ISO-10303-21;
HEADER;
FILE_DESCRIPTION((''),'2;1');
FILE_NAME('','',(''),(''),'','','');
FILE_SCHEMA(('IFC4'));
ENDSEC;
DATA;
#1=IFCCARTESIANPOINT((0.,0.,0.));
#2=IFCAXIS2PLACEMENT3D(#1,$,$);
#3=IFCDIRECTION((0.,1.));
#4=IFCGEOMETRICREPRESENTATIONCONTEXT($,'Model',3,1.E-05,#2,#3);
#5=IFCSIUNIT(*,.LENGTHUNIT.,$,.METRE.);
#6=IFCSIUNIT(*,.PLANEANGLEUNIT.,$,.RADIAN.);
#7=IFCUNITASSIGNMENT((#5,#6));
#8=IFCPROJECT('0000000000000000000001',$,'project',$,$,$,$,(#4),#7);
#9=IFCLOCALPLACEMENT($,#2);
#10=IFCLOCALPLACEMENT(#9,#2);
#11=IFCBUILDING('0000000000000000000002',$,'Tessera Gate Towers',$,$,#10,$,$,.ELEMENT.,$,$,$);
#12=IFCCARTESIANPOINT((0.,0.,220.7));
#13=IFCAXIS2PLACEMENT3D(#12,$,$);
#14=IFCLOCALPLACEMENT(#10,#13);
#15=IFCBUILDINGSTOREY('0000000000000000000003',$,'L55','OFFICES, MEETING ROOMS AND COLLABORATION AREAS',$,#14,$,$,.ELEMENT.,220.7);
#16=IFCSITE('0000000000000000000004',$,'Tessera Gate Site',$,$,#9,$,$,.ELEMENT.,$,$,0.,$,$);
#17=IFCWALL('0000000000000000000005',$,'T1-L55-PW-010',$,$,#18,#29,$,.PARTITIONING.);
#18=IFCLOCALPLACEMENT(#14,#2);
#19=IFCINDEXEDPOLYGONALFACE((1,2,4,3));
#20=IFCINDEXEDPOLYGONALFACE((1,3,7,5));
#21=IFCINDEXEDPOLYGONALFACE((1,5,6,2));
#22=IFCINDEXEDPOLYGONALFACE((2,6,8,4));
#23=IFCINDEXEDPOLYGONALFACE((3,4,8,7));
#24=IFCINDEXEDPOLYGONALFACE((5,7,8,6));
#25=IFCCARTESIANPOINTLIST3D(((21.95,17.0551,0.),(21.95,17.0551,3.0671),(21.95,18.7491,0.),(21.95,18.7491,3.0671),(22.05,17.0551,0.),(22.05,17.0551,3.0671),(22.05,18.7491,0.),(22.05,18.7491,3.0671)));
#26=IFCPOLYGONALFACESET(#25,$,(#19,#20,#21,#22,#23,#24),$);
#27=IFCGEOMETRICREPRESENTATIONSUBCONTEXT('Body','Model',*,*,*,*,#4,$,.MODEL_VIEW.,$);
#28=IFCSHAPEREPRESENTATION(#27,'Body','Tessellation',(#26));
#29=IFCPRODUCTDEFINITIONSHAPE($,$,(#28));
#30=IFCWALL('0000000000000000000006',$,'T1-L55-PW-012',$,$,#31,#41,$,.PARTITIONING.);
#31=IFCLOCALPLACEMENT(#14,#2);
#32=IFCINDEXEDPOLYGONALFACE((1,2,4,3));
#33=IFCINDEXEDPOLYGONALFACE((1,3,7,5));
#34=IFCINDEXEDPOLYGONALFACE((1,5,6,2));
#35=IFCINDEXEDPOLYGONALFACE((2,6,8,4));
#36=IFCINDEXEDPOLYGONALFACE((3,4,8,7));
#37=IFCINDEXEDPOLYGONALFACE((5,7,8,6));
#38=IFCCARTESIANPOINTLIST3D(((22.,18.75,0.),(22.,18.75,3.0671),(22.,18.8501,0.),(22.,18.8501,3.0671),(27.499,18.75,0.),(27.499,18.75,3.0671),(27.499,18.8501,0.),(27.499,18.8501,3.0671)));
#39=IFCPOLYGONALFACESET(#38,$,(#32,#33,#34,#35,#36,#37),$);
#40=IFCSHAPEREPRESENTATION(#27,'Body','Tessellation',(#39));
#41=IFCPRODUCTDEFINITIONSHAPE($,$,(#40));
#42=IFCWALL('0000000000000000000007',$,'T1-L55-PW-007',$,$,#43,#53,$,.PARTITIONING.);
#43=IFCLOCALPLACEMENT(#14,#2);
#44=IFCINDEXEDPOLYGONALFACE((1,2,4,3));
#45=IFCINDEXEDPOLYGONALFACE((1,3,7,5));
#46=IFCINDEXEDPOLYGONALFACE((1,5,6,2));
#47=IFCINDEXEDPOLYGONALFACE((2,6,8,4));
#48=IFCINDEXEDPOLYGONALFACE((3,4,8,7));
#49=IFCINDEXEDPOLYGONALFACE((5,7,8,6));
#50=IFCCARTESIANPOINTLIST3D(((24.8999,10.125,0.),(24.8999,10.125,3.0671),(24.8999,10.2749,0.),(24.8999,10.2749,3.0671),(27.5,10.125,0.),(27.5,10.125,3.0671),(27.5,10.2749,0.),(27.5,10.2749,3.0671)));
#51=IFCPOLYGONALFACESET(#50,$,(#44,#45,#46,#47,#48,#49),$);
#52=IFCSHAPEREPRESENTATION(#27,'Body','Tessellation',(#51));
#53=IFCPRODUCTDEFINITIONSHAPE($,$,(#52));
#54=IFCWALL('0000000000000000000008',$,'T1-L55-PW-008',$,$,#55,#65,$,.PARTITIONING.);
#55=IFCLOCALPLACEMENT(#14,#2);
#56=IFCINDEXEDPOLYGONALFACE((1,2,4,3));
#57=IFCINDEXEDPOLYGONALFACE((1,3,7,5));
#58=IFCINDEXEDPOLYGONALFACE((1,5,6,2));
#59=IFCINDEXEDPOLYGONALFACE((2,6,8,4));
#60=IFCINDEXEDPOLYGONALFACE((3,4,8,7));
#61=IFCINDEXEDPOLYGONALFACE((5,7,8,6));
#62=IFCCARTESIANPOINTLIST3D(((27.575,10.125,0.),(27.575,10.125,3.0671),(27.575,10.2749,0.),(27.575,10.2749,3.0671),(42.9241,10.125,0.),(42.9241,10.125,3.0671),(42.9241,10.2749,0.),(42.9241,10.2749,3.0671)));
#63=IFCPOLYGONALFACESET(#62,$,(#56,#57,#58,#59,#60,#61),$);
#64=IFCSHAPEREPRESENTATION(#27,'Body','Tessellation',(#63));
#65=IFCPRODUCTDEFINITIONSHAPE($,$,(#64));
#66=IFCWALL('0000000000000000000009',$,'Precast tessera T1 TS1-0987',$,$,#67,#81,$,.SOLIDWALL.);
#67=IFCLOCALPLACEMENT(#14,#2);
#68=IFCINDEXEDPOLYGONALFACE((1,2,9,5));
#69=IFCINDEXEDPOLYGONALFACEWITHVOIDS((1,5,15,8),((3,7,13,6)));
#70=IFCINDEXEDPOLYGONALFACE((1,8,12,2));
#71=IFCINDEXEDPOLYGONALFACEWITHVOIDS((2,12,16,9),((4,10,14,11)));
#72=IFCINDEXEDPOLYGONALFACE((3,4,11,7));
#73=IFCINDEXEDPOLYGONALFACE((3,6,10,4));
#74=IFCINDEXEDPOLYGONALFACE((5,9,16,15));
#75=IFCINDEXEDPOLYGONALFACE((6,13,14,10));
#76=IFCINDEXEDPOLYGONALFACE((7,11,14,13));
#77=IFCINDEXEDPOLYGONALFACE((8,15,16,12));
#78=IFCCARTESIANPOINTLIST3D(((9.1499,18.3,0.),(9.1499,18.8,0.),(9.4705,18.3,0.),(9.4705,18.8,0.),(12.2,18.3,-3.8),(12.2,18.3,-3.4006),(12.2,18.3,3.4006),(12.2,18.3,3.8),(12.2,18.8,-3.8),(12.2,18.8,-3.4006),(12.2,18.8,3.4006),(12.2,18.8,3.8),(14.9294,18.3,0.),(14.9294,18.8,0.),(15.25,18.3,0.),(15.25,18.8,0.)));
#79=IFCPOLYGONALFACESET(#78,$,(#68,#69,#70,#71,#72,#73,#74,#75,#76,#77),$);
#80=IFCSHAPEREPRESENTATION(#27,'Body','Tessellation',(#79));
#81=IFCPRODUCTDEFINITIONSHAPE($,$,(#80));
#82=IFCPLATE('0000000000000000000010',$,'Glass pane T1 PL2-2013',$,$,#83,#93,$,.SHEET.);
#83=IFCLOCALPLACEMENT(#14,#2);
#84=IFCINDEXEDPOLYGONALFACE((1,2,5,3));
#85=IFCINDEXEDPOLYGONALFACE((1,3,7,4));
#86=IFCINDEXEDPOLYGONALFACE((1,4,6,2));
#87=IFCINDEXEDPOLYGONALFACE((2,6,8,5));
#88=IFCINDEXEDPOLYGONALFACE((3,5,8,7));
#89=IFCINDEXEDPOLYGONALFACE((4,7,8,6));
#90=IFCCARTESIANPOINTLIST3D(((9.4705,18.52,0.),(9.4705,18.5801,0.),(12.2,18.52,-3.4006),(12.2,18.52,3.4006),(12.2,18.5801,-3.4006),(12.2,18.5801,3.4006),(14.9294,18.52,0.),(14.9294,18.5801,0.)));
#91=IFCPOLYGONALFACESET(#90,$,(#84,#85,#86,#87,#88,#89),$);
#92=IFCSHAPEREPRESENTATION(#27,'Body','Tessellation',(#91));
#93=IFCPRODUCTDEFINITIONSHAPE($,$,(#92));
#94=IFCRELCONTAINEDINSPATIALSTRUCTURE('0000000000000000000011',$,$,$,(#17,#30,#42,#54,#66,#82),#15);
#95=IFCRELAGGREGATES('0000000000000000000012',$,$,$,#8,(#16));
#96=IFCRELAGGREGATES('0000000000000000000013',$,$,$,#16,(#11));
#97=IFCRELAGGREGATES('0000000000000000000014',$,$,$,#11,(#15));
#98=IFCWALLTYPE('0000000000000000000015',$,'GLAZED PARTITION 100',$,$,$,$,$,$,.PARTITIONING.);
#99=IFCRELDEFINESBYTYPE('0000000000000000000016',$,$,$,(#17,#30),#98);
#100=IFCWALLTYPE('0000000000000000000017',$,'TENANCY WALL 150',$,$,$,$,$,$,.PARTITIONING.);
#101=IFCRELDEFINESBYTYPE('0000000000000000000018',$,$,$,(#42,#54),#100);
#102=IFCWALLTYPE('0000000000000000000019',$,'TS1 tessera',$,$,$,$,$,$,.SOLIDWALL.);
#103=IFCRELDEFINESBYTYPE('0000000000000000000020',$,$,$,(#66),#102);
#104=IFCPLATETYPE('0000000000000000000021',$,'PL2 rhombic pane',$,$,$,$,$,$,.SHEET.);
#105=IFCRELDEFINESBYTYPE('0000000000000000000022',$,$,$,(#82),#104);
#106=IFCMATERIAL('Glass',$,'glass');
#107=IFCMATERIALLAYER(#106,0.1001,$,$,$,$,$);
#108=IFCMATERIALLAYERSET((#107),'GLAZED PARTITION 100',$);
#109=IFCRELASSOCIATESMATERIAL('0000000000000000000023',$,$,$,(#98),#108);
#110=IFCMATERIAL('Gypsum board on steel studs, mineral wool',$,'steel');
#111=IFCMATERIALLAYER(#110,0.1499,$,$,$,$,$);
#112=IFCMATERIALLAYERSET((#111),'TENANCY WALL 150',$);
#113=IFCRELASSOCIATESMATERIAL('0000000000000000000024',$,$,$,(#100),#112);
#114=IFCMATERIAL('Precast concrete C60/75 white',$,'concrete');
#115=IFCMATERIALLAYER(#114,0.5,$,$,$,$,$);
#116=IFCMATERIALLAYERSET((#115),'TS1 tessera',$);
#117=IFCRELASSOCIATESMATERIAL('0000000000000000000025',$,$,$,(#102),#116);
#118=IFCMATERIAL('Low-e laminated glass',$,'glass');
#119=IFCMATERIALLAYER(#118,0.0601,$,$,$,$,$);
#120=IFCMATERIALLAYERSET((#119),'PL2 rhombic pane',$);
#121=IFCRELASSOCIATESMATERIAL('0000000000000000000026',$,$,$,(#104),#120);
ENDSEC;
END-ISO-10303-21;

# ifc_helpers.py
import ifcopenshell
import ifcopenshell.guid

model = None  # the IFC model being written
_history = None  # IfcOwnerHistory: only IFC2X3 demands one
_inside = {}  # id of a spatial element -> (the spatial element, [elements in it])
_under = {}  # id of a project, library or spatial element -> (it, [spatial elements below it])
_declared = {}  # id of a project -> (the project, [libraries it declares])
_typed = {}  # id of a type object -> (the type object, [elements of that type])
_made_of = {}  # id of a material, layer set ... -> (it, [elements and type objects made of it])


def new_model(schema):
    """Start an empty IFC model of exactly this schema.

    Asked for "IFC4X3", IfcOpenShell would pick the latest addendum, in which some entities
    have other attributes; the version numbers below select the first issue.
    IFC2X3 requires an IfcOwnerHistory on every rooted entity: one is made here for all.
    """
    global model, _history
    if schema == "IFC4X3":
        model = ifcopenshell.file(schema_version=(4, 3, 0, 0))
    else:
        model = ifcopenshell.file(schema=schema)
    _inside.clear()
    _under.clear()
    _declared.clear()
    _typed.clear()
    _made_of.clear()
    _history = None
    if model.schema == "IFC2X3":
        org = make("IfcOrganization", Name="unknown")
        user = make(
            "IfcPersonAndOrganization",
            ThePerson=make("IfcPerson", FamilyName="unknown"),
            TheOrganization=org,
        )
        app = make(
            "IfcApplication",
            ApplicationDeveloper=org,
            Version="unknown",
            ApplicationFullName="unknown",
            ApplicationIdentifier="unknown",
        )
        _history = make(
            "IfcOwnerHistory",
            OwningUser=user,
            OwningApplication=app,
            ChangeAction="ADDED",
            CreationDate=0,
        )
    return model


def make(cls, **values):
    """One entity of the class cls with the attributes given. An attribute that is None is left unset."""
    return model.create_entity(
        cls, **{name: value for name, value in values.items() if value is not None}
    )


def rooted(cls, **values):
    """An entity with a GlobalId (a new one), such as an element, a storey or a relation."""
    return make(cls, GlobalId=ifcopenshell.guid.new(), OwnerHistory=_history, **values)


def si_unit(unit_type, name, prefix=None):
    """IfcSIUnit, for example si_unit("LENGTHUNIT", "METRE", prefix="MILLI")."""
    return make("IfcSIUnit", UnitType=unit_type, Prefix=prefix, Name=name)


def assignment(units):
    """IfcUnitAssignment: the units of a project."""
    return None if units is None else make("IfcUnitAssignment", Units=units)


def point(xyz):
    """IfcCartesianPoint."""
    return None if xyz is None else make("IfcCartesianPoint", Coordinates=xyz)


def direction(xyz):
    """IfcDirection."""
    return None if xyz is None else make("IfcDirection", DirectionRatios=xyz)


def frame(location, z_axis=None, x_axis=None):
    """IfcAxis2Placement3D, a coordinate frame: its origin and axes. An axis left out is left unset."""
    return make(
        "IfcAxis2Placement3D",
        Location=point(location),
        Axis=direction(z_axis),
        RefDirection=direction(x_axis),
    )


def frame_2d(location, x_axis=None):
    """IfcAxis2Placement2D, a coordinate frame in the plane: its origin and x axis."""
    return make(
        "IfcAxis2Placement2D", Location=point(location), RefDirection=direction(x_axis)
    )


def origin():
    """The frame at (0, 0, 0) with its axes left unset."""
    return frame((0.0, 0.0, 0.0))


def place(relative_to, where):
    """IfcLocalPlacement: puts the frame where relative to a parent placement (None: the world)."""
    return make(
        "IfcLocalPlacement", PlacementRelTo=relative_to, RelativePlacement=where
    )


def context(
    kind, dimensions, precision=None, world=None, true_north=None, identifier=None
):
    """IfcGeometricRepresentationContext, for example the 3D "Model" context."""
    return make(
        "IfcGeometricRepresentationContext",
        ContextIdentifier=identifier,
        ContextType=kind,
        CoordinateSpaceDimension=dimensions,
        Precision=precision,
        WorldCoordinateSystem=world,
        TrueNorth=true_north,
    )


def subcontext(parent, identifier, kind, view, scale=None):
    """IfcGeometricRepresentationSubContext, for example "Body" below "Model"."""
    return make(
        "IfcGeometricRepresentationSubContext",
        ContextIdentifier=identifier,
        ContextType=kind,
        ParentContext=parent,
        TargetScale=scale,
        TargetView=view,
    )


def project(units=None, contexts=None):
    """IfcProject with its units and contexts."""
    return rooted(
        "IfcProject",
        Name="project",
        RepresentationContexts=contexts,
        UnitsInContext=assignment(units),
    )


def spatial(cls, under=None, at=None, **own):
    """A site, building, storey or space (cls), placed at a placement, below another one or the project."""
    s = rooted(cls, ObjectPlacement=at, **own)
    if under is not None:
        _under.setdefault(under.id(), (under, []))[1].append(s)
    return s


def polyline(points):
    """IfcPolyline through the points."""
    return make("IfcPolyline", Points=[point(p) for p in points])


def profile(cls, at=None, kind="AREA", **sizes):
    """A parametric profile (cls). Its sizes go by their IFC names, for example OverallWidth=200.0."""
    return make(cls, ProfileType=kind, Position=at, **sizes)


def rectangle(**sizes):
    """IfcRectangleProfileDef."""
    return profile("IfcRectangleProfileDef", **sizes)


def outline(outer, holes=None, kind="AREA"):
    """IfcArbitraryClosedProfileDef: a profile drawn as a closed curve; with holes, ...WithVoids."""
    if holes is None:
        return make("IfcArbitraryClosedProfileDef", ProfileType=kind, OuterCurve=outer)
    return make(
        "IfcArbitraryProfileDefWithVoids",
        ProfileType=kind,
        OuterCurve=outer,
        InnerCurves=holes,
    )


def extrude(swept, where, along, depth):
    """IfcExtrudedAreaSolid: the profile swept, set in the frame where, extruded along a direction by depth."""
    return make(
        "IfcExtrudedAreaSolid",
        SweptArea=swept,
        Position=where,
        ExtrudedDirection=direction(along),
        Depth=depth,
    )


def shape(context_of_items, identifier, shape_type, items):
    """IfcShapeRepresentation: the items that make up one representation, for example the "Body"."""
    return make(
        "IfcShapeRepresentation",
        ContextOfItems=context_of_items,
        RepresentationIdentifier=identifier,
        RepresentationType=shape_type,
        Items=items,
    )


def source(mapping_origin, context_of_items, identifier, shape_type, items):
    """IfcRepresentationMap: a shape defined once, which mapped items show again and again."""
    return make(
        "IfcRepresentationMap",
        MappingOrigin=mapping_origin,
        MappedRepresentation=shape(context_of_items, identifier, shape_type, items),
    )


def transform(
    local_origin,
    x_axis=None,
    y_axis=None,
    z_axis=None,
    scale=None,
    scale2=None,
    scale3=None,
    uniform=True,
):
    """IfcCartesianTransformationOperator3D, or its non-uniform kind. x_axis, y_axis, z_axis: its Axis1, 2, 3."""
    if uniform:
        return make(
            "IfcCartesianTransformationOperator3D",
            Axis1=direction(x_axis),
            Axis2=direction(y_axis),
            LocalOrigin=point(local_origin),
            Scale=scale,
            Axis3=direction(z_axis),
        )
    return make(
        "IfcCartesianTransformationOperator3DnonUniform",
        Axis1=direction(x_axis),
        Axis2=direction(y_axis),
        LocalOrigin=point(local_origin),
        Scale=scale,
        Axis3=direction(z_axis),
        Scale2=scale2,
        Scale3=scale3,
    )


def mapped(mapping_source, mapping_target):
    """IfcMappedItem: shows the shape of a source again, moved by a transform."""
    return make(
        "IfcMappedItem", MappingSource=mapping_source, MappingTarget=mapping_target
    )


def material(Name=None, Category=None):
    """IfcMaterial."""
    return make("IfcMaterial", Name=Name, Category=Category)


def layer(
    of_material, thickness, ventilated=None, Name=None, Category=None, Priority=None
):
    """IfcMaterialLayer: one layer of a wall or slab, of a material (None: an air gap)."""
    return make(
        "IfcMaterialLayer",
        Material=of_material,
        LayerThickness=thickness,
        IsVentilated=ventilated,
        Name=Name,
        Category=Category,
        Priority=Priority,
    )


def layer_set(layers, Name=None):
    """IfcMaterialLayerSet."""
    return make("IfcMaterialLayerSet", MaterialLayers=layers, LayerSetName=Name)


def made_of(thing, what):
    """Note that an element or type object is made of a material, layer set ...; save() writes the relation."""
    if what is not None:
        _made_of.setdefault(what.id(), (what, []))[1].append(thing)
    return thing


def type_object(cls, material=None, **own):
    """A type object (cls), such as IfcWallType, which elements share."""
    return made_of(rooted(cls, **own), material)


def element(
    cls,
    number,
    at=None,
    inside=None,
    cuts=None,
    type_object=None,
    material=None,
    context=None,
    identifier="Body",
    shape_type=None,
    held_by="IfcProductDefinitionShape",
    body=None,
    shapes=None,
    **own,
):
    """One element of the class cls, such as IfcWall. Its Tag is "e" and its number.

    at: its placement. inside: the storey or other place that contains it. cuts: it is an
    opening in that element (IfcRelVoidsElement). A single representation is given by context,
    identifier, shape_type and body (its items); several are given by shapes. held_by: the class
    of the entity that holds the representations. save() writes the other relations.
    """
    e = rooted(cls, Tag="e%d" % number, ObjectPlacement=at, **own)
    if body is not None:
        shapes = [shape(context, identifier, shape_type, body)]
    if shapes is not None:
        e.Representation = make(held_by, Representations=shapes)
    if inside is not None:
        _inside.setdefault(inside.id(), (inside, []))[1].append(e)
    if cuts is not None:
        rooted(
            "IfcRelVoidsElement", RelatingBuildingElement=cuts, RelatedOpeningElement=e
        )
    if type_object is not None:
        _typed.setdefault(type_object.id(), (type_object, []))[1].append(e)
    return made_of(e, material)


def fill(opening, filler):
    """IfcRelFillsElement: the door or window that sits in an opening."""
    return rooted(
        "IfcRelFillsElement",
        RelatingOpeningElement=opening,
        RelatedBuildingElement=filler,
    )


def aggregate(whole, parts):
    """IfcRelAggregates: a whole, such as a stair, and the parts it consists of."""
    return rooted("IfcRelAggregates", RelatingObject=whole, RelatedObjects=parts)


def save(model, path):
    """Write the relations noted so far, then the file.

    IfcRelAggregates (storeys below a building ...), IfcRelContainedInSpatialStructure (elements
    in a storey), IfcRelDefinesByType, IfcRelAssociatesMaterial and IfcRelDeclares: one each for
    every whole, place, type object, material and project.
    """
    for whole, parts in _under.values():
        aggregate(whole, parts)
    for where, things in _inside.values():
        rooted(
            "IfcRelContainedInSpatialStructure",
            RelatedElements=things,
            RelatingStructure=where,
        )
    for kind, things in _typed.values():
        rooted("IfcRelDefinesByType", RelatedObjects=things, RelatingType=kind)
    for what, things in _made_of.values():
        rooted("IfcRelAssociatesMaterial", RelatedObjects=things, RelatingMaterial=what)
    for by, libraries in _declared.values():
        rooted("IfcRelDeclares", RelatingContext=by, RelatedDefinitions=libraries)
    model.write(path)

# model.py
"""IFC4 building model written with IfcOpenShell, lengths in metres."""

from ifc_helpers import new_model, si_unit, direction, frame, frame_2d, origin, place, context, subcontext, project, spatial, polyline, rectangle, outline, extrude, source, transform, mapped, material, layer, layer_set, type_object, element, fill, save


model = new_model("IFC4")

# Units and contexts
model_context = context("Model", 3, precision=1e-05, world=origin(), true_north=direction((0.0, 1.0)))
body_context = subcontext(model_context, "Body", "Model", "MODEL_VIEW")
ifc_project = project(units=[si_unit("LENGTHUNIT", "METRE"), si_unit("PLANEANGLEUNIT", "RADIAN")], contexts=[model_context])

# Site, building, storey
site_placement = place(None, origin())
site = spatial("IfcSite", under=ifc_project, at=site_placement, Name="Tessera Gate Site", CompositionType="ELEMENT", RefElevation=0.0)
building_placement = place(site_placement, origin())
building = spatial("IfcBuilding", under=site, at=building_placement, Name="Tessera Gate Towers", CompositionType="ELEMENT")
storey_placement = place(building_placement, frame((0.0, 0.0, 220.7)))
storey = spatial("IfcBuildingStorey", under=building, at=storey_placement, Name="L55", Description="OFFICES, MEETING ROOMS AND COLLABORATION AREAS", CompositionType="ELEMENT", Elevation=220.7)

# Shared definitions
ifc_material_1 = material(Name="Glass", Category="glass")
ifc_layer_1 = layer(ifc_material_1, 0.1001)
ifc_layer_set_1 = layer_set([ifc_layer_1], Name="GLAZED PARTITION 100")
wall_type_1 = type_object("IfcWallType", Name="GLAZED PARTITION 100", PredefinedType="PARTITIONING", material=ifc_layer_set_1)

# Walls
wall_1_placement = place(storey_placement, frame((22.0, 17.0549, 0.0), z_axis=(0.0, 0.0, 1.0), x_axis=(0.0, 1.0, 0.0)))
element("IfcWall", 1, at=wall_1_placement, inside=storey, type_object=wall_type_1, Name="T1-L55-PW-010", PredefinedType="PARTITIONING", context=body_context, shape_type="SweptSolid", body=[
    extrude(rectangle(XDim=1.6941, YDim=0.1001, at=frame_2d((0.8472, 0.0))), origin(), (0.0, 0.0, 1.0), 3.0671),
])
wall_2_placement = place(storey_placement, frame((22.0, 18.8, 0.0), z_axis=(0.0, 0.0, 1.0), x_axis=(1.0, 0.0, 0.0)))
element("IfcWall", 2, at=wall_2_placement, inside=storey, type_object=wall_type_1, Name="T1-L55-PW-012", PredefinedType="PARTITIONING", context=body_context, shape_type="SweptSolid", body=[
    extrude(rectangle(XDim=5.499, YDim=0.1001, at=frame_2d((2.7495, 0.0))), origin(), (0.0, 0.0, 1.0), 3.0671),
])
ifc_material_2 = material(Name="Gypsum board on steel studs, mineral wool", Category="steel")
ifc_layer_2 = layer(ifc_material_2, 0.1499)
ifc_layer_set_2 = layer_set([ifc_layer_2], Name="TENANCY WALL 150")
wall_type_2 = type_object("IfcWallType", Name="TENANCY WALL 150", PredefinedType="PARTITIONING", material=ifc_layer_set_2)
wall_3_placement = place(storey_placement, frame((24.8999, 10.2, 0.0), z_axis=(0.0, 0.0, 1.0), x_axis=(1.0, 0.0, 0.0)))
element("IfcWall", 3, at=wall_3_placement, inside=storey, type_object=wall_type_2, Name="T1-L55-PW-007", PredefinedType="PARTITIONING", context=body_context, shape_type="SweptSolid", body=[
    extrude(rectangle(XDim=2.6001, YDim=0.1499, at=frame_2d((1.3, 0.0))), origin(), (0.0, 0.0, 1.0), 3.0671),
])
wall_4_placement = place(storey_placement, frame((27.575, 10.2, 0.0), z_axis=(0.0, 0.0, 1.0), x_axis=(1.0, 0.0, 0.0)))
element("IfcWall", 4, at=wall_4_placement, inside=storey, type_object=wall_type_2, Name="T1-L55-PW-008", PredefinedType="PARTITIONING", context=body_context, shape_type="SweptSolid", body=[
    extrude(rectangle(XDim=15.3491, YDim=0.1499, at=frame_2d((7.6746, 0.0))), origin(), (0.0, 0.0, 1.0), 3.0671),
])

# Wall, opening, plate
ifc_material_3 = material(Name="Precast concrete C60/75 white", Category="concrete")
ifc_layer_3 = layer(ifc_material_3, 0.5)
ifc_layer_set_3 = layer_set([ifc_layer_3], Name="TS1 tessera")
wall_type_3 = type_object("IfcWallType", Name="TS1 tessera", PredefinedType="SOLIDWALL", material=ifc_layer_set_3)
shared_shape_1 = source(origin(), body_context, "Body", "SweptSolid", [
    extrude(outline(polyline([(3.05, 0.0), (6.1001, 3.8), (3.05, 7.6001), (0.0, 3.8), (3.05, 0.0)])), frame((0.0, 0.25, 0.0), z_axis=(0.0, -1.0, 0.0), x_axis=(1.0, 0.0, 0.0)), (0.0, 0.0, 1.0), 0.5),
])
wall_5_placement = place(storey_placement, frame((9.1499, 18.55, -3.8), z_axis=(0.0, 0.0, 1.0), x_axis=(1.0, 0.0, 0.0)))
wall_5 = element("IfcWall", 5, at=wall_5_placement, inside=storey, type_object=wall_type_3, Name="Precast tessera T1 TS1-0987", PredefinedType="SOLIDWALL", context=body_context, shape_type="MappedRepresentation", body=[
    mapped(shared_shape_1, transform((0.0, 0.0, 0.0), scale=1.0)),
])
shared_shape_2 = source(origin(), body_context, "Body", "SweptSolid", [
    extrude(outline(polyline([(3.05, 0.3994), (5.7795, 3.8), (3.05, 7.2007), (0.3206, 3.8), (3.05, 0.3994)])), frame((0.0, 0.26, 0.0), z_axis=(0.0, -1.0, 0.0), x_axis=(1.0, 0.0, 0.0)), (0.0, 0.0, 1.0), 0.52),
])
opening_1_placement = place(wall_5_placement, origin())
opening_1 = element("IfcOpeningElement", 6, at=opening_1_placement, cuts=wall_5, PredefinedType="OPENING", context=body_context, shape_type="MappedRepresentation", body=[
    mapped(shared_shape_2, transform((0.0, 0.0, 0.0), scale=1.0)),
])
ifc_material_4 = material(Name="Low-e laminated glass", Category="glass")
ifc_layer_4 = layer(ifc_material_4, 0.0601)
ifc_layer_set_4 = layer_set([ifc_layer_4], Name="PL2 rhombic pane")
plate_type = type_object("IfcPlateType", Name="PL2 rhombic pane", PredefinedType="SHEET", material=ifc_layer_set_4)
shared_shape_3 = source(origin(), body_context, "Body", "SweptSolid", [
    extrude(outline(polyline([(3.05, 0.3994), (5.7795, 3.8), (3.05, 7.2007), (0.3206, 3.8), (3.05, 0.3994)])), frame((0.0, 0.03, 0.0), z_axis=(0.0, -1.0, 0.0), x_axis=(1.0, 0.0, 0.0)), (0.0, 0.0, 1.0), 0.0601),
])
plate_placement = place(opening_1_placement, origin())
plate = element("IfcPlate", 7, at=plate_placement, inside=storey, type_object=plate_type, Name="Glass pane T1 PL2-2013", PredefinedType="SHEET", context=body_context, shape_type="MappedRepresentation", body=[
    mapped(shared_shape_3, transform((0.0, 0.0, 0.0), scale=1.0)),
])
fill(opening_1, plate)

save(model, "model.ifc")
